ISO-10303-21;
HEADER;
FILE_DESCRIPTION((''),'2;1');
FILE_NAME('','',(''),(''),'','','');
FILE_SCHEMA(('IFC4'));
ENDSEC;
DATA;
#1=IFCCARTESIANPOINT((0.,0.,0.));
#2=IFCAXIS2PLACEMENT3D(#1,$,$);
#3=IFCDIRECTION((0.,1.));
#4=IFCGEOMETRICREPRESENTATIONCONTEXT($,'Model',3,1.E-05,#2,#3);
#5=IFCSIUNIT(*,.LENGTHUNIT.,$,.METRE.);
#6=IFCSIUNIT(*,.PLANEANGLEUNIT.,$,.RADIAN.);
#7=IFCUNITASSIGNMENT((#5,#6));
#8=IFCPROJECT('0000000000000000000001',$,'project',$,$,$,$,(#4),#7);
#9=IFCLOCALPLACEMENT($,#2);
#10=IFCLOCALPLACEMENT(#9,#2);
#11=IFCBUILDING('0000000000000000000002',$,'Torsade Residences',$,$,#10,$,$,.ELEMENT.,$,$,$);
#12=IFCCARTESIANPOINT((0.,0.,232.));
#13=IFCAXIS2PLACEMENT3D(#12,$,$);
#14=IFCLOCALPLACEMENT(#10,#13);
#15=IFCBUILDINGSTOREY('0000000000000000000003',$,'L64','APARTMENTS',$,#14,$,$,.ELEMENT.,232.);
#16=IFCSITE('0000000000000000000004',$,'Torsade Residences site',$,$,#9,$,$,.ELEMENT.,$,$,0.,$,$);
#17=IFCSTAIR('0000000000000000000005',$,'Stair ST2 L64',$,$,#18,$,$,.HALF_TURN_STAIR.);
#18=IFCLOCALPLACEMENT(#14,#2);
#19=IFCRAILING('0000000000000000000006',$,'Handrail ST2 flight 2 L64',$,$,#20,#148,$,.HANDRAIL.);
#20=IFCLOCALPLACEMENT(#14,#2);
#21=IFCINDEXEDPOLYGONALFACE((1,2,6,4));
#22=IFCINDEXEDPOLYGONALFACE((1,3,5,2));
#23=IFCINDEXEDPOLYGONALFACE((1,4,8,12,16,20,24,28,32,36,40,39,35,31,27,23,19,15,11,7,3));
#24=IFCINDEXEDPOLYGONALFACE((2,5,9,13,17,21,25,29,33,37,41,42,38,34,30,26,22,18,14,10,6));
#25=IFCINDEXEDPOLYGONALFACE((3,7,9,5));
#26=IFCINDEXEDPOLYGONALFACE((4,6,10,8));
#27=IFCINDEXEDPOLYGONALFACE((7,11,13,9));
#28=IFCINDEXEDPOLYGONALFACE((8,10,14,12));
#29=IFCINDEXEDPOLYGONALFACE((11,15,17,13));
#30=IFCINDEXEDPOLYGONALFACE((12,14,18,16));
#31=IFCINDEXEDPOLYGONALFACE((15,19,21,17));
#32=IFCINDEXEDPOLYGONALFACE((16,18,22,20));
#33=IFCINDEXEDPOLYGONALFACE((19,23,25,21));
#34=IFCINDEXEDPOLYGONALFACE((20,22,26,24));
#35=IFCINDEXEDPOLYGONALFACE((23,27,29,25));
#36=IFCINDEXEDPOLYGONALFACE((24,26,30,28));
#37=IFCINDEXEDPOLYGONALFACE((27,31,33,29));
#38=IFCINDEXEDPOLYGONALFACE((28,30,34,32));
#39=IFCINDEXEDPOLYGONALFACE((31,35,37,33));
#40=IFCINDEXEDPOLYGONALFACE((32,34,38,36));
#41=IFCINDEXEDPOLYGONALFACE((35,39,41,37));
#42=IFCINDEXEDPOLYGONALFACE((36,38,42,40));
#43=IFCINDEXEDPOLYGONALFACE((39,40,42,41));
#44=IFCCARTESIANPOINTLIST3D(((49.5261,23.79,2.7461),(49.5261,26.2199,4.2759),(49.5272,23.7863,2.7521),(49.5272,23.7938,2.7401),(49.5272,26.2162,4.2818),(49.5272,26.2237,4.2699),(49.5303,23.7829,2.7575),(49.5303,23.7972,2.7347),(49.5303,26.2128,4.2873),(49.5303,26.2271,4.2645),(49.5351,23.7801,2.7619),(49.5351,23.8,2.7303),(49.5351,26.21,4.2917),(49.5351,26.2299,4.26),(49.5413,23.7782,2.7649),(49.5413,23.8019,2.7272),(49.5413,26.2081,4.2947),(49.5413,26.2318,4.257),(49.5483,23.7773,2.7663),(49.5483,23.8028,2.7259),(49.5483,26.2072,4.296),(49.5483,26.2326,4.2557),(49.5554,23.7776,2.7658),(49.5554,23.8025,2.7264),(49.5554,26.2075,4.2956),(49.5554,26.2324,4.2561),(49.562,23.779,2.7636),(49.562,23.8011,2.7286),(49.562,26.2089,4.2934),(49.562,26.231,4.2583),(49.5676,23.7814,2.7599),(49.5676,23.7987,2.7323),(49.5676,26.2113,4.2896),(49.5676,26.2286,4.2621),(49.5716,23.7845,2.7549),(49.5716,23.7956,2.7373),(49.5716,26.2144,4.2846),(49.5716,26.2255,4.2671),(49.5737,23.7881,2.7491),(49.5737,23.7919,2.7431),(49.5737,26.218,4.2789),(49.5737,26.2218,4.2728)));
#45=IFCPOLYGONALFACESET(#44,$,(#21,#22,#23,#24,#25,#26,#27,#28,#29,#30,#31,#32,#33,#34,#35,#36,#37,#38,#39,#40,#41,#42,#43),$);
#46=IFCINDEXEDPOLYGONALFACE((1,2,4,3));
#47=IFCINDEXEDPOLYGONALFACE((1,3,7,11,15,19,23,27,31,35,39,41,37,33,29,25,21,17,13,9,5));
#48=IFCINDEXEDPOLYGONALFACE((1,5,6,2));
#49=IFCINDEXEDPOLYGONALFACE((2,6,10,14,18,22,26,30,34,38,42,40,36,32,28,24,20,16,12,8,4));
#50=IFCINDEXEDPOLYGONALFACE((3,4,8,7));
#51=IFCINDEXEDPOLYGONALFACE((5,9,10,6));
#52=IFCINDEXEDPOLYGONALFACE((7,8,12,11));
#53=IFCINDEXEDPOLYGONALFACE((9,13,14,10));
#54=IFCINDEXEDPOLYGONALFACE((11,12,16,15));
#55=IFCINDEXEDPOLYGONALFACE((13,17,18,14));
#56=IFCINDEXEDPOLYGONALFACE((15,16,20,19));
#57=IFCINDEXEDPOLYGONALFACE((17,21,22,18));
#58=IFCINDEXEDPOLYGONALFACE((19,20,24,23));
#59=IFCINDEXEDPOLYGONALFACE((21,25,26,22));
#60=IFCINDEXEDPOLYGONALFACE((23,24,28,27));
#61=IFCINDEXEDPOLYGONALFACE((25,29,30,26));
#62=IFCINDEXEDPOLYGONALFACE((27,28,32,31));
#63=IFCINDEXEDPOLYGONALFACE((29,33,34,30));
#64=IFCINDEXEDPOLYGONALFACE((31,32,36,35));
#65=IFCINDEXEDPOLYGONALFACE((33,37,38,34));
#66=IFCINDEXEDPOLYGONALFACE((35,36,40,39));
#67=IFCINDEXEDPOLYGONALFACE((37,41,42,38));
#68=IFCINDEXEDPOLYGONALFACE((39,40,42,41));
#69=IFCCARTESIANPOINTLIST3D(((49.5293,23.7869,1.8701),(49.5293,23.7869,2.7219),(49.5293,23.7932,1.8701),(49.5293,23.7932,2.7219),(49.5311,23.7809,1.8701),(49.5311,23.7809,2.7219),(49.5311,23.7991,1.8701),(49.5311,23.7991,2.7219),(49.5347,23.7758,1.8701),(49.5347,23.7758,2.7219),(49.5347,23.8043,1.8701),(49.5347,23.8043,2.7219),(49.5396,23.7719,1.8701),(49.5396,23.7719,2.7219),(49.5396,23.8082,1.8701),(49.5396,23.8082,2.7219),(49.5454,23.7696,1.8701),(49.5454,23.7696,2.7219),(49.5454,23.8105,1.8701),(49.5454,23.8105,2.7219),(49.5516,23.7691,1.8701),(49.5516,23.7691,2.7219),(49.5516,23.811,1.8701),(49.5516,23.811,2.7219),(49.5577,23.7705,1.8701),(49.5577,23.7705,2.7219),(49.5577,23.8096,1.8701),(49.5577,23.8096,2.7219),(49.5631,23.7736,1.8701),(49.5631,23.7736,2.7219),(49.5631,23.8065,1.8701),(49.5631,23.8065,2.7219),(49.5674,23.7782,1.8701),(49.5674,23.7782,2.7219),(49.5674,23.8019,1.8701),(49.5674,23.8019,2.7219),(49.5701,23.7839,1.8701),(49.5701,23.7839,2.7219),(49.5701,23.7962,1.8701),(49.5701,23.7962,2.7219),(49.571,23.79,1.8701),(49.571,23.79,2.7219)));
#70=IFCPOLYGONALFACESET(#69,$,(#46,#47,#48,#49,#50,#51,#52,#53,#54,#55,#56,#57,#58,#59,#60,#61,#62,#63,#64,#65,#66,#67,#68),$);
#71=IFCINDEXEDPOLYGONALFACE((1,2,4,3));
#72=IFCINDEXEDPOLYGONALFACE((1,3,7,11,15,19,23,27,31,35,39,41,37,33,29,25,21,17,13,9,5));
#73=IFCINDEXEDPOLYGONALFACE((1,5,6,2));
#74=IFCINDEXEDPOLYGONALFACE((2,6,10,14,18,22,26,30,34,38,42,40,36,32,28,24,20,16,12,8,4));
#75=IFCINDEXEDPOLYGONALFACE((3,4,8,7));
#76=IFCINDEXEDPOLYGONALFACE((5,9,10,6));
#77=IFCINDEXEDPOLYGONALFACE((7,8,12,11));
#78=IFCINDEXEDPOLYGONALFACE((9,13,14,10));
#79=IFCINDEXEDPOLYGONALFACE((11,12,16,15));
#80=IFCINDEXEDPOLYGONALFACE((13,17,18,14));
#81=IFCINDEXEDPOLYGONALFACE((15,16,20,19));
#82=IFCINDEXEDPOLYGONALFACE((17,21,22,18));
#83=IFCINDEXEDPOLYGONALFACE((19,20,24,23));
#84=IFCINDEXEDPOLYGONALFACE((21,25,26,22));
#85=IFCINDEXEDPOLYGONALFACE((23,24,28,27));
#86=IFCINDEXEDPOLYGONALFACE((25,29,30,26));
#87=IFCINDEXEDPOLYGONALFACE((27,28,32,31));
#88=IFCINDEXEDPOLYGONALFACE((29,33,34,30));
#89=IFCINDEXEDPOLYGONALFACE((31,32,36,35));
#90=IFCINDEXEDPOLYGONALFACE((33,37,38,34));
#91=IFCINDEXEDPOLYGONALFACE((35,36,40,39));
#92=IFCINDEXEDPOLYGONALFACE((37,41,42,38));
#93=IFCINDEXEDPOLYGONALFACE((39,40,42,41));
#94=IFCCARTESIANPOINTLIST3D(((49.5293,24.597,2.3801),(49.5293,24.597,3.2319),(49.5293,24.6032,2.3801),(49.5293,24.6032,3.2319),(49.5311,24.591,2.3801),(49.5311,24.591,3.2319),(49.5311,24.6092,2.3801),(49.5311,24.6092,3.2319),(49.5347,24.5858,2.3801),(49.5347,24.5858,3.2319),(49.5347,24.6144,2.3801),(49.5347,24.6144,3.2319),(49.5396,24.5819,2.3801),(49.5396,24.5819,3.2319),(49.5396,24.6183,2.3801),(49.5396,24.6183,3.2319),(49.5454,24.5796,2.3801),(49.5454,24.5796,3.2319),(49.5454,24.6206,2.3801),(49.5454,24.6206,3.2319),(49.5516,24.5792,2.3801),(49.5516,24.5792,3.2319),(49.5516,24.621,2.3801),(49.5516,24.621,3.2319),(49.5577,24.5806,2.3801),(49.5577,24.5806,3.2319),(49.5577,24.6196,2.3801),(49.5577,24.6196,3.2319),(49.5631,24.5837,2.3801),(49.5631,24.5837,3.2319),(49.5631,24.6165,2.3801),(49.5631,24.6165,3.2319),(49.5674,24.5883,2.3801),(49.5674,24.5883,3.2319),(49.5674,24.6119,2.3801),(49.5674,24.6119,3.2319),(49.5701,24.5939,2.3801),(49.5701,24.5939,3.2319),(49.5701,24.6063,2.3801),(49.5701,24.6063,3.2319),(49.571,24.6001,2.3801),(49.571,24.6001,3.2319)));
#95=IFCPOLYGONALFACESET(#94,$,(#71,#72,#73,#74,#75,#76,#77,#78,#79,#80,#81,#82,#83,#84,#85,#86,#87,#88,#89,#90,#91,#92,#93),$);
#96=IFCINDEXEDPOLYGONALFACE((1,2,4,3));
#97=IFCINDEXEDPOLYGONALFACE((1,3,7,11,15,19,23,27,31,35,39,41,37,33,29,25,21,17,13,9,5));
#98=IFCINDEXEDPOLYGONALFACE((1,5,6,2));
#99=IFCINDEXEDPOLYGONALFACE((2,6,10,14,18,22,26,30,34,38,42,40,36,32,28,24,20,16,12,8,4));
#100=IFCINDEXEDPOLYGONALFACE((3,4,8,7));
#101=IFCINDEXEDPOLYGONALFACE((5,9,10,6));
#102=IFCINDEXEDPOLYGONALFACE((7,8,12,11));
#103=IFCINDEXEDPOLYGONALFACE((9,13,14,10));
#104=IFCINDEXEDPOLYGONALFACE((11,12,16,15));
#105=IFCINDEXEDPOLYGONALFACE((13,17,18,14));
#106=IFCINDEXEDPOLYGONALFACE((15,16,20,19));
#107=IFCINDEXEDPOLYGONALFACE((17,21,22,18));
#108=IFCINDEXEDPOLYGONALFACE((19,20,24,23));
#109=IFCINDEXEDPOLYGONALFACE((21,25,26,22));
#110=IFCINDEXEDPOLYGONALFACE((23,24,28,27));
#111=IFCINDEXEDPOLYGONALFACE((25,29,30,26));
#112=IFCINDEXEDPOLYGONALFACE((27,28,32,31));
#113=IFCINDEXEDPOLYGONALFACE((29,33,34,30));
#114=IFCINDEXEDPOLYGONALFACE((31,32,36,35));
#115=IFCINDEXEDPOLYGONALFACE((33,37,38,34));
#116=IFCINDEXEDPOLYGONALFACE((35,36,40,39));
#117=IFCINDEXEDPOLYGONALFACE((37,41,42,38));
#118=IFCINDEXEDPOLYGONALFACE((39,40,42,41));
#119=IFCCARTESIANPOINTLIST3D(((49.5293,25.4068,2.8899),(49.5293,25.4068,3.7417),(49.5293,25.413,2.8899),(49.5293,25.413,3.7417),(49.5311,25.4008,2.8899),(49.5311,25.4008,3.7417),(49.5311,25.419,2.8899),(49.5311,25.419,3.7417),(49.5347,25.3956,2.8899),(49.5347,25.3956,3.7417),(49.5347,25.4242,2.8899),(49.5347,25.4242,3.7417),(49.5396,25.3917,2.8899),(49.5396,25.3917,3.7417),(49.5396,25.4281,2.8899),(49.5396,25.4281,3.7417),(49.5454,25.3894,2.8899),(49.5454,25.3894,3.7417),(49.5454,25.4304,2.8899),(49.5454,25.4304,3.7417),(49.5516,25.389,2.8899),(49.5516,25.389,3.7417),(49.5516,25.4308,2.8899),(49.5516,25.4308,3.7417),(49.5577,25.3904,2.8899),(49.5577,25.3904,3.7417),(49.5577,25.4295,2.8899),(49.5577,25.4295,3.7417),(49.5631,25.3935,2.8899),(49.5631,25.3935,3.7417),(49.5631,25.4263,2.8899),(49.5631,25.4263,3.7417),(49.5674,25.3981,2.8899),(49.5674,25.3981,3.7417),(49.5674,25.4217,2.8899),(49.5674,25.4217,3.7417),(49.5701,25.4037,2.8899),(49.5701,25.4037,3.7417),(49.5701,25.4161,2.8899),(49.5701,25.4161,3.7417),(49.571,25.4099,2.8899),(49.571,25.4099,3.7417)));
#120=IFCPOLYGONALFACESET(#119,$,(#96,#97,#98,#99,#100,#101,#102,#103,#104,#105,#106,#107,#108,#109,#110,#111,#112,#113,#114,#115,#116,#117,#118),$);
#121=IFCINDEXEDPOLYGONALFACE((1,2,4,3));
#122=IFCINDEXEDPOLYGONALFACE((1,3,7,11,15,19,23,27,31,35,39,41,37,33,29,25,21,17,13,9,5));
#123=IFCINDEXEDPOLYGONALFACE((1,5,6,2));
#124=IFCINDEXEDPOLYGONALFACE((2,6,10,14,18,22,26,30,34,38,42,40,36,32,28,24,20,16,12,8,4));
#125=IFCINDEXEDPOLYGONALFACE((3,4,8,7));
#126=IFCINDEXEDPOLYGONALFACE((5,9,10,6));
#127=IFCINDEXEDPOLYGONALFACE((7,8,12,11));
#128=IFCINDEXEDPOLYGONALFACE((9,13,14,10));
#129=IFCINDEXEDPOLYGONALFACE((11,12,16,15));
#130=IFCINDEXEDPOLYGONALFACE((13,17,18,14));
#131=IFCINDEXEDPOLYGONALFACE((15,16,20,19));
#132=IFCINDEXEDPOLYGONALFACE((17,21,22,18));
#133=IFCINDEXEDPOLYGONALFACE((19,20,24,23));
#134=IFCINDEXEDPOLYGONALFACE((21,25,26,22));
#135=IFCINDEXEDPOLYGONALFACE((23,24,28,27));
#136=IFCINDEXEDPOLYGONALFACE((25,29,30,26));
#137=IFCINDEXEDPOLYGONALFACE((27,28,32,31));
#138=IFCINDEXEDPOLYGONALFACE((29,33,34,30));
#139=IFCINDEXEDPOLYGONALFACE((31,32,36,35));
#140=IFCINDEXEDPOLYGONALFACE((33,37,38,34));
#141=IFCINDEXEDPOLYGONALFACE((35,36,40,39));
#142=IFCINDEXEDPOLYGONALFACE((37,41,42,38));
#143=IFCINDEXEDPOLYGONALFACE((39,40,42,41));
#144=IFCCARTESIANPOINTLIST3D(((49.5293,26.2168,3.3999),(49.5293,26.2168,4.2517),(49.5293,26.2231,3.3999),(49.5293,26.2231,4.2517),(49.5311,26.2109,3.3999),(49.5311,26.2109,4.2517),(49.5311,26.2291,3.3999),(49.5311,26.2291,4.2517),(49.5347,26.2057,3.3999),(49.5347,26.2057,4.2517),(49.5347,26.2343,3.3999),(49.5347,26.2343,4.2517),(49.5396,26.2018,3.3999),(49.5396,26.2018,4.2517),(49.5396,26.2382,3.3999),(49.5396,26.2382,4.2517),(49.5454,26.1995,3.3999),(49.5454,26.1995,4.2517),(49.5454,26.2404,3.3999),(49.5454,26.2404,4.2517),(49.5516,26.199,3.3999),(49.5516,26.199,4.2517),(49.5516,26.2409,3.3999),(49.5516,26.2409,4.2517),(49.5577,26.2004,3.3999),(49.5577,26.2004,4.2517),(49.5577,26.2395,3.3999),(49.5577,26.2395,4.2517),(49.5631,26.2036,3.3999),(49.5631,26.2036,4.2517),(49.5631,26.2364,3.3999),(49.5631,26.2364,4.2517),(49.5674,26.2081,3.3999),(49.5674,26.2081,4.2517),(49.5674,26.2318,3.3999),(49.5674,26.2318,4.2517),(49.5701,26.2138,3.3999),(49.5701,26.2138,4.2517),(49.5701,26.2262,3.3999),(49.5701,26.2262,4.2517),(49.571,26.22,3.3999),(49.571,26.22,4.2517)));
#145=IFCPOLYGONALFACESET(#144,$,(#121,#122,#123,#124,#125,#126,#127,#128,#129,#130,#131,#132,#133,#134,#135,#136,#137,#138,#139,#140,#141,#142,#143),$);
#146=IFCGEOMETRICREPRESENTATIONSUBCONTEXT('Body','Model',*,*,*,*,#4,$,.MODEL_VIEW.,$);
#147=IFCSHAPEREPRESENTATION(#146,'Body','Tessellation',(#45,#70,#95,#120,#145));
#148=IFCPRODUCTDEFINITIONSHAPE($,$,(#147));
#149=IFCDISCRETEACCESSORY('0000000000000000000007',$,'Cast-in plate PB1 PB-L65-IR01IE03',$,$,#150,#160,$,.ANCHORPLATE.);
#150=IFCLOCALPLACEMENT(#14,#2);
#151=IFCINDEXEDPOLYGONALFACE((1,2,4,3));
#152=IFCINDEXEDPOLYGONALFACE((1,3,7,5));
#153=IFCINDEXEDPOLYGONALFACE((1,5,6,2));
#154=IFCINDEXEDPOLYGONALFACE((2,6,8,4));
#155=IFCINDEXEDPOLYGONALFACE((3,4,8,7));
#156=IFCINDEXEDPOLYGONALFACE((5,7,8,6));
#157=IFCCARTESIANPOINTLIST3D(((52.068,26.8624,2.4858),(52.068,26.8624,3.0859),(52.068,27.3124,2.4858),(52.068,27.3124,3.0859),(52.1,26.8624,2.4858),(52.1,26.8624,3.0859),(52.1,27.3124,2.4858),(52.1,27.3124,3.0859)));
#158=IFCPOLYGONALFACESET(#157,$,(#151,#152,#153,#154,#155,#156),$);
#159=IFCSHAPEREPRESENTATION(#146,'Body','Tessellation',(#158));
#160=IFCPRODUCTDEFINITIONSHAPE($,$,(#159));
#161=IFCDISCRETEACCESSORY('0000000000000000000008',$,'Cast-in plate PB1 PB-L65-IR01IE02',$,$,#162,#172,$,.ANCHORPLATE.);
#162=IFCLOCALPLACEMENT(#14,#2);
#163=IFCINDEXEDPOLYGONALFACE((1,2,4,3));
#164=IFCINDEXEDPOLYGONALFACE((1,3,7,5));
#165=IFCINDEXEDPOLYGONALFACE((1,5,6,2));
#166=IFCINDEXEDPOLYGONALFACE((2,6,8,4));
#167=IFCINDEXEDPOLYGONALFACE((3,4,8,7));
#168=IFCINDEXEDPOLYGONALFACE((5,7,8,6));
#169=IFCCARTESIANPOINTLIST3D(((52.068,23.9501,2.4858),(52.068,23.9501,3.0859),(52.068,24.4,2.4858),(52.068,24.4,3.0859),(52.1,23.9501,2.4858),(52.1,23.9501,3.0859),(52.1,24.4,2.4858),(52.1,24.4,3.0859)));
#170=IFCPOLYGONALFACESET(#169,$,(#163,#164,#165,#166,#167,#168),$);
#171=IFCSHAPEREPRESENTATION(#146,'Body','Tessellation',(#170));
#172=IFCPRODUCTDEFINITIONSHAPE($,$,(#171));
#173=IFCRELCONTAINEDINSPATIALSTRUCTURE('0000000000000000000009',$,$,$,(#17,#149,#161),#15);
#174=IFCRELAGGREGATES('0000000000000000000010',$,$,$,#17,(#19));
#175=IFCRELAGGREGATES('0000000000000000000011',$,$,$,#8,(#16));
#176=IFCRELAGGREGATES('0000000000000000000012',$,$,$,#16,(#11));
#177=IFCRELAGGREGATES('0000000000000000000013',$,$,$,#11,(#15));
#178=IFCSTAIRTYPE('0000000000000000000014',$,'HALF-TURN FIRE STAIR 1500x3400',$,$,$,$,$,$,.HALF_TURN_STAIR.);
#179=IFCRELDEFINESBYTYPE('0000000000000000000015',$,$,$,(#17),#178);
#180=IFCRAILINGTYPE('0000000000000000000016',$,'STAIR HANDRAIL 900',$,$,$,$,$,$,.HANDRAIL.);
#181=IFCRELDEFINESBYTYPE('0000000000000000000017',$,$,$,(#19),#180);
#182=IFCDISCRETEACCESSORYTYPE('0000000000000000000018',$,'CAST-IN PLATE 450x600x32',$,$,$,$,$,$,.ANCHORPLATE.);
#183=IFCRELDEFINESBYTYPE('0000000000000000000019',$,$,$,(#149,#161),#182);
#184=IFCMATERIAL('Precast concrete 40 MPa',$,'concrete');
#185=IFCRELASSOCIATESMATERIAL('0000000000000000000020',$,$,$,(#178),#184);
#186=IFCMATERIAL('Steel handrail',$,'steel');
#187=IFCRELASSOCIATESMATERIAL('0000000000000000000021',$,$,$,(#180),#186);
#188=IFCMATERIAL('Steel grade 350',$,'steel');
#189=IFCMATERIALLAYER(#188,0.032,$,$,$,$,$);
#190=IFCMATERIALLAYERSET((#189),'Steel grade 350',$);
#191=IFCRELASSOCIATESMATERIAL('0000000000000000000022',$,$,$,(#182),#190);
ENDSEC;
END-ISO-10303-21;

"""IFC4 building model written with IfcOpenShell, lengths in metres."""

from ifc_helpers import new_model, si_unit, direction, frame, origin, origin_2d, place, context, subcontext, project, spatial, rectangle, circle, extrude, material, layer, layer_set, type_object, element, aggregate, save


model = new_model("IFC4")

# Units and contexts
model_context = context("Model", 3, precision=1e-05, world=origin(), true_north=direction((0.0, 1.0)))
body_context = subcontext(model_context, "Body", "Model", "MODEL_VIEW")
ifc_project = project(units=[si_unit("LENGTHUNIT", "METRE"), si_unit("PLANEANGLEUNIT", "RADIAN")], contexts=[model_context])

# Site, building, storey
site_placement = place(None, origin())
site = spatial("IfcSite", under=ifc_project, at=site_placement, Name="Torsade Residences site", CompositionType="ELEMENT", RefElevation=0.0)
building_placement = place(site_placement, origin())
building = spatial("IfcBuilding", under=site, at=building_placement, Name="Torsade Residences", CompositionType="ELEMENT")
storey_placement = place(building_placement, frame((0.0, 0.0, 232.0)))
storey = spatial("IfcBuildingStorey", under=building, at=storey_placement, Name="L64", Description="APARTMENTS", CompositionType="ELEMENT", Elevation=232.0)

# Stair, railing
ifc_material_1 = material(Name="Precast concrete 40 MPa", Category="concrete")
stair_type = type_object("IfcStairType", Name="HALF-TURN FIRE STAIR 1500x3400", PredefinedType="HALF_TURN_STAIR", material=ifc_material_1)
stair_placement = place(storey_placement, origin())
stair = element("IfcStair", 1, at=stair_placement, inside=storey, type_object=stair_type, Name="Stair ST2 L64", PredefinedType="HALF_TURN_STAIR")
ifc_material_2 = material(Name="Steel handrail", Category="steel")
railing_type = type_object("IfcRailingType", Name="STAIR HANDRAIL 900", PredefinedType="HANDRAIL", material=ifc_material_2)
railing_1_placement = place(storey_placement, frame((49.55, 23.79, 1.8701)))
railing_1 = element("IfcRailing", 2, at=railing_1_placement, type_object=railing_type, Name="Handrail ST2 flight 2 L64", PredefinedType="HANDRAIL", context=body_context, shape_type="SweptSolid", body=[
    extrude(circle(Radius=0.0239, at=origin_2d()), frame((0.0, 0.0, 0.876), z_axis=(0.0, 0.84626, 0.53277), x_axis=(-1.0, 0.0, 0.0)), (0.0, 0.0, 1.0), 2.8713),
    extrude(circle(Radius=0.021, at=origin_2d()), origin(), (0.0, 0.0, 1.0), 0.8518),
    extrude(circle(Radius=0.021, at=origin_2d()), frame((0.0, 0.8101, 0.51)), (0.0, 0.0, 1.0), 0.8518),
    extrude(circle(Radius=0.021, at=origin_2d()), frame((0.0, 1.6199, 1.0198)), (0.0, 0.0, 1.0), 0.8518),
    extrude(circle(Radius=0.021, at=origin_2d()), frame((0.0, 2.4299, 1.5298)), (0.0, 0.0, 1.0), 0.8518),
])
aggregate(stair, [railing_1])

# Discrete accessories
ifc_material_3 = material(Name="Steel grade 350", Category="steel")
ifc_layer_1 = layer(ifc_material_3, 0.032)
ifc_layer_set_1 = layer_set([ifc_layer_1], Name="Steel grade 350")
discrete_accessory_type = type_object("IfcDiscreteAccessoryType", Name="CAST-IN PLATE 450x600x32", PredefinedType="ANCHORPLATE", material=ifc_layer_set_1)
for number, where, z_axis, x_axis, name in (
    (3, (52.084, 27.0874, 2.4858), (0.0, 0.0, 1.0), (1.0, 0.0, 0.0), "Cast-in plate PB1 PB-L65-IR01IE03"),
    (4, (52.084, 24.175, 2.4858), (0.0, 0.0, 1.0), (1.0, 0.0, 0.0), "Cast-in plate PB1 PB-L65-IR01IE02"),
):
    element("IfcDiscreteAccessory", number, at=place(storey_placement, frame(where, z_axis=z_axis, x_axis=x_axis)), inside=storey, type_object=discrete_accessory_type, Name=name, PredefinedType="ANCHORPLATE", context=body_context, shape_type="SweptSolid", body=[
        extrude(rectangle(XDim=0.032, YDim=0.45, at=origin_2d()), origin(), (0.0, 0.0, 1.0), 0.6001),
    ])

save(model, "model.ifc")
